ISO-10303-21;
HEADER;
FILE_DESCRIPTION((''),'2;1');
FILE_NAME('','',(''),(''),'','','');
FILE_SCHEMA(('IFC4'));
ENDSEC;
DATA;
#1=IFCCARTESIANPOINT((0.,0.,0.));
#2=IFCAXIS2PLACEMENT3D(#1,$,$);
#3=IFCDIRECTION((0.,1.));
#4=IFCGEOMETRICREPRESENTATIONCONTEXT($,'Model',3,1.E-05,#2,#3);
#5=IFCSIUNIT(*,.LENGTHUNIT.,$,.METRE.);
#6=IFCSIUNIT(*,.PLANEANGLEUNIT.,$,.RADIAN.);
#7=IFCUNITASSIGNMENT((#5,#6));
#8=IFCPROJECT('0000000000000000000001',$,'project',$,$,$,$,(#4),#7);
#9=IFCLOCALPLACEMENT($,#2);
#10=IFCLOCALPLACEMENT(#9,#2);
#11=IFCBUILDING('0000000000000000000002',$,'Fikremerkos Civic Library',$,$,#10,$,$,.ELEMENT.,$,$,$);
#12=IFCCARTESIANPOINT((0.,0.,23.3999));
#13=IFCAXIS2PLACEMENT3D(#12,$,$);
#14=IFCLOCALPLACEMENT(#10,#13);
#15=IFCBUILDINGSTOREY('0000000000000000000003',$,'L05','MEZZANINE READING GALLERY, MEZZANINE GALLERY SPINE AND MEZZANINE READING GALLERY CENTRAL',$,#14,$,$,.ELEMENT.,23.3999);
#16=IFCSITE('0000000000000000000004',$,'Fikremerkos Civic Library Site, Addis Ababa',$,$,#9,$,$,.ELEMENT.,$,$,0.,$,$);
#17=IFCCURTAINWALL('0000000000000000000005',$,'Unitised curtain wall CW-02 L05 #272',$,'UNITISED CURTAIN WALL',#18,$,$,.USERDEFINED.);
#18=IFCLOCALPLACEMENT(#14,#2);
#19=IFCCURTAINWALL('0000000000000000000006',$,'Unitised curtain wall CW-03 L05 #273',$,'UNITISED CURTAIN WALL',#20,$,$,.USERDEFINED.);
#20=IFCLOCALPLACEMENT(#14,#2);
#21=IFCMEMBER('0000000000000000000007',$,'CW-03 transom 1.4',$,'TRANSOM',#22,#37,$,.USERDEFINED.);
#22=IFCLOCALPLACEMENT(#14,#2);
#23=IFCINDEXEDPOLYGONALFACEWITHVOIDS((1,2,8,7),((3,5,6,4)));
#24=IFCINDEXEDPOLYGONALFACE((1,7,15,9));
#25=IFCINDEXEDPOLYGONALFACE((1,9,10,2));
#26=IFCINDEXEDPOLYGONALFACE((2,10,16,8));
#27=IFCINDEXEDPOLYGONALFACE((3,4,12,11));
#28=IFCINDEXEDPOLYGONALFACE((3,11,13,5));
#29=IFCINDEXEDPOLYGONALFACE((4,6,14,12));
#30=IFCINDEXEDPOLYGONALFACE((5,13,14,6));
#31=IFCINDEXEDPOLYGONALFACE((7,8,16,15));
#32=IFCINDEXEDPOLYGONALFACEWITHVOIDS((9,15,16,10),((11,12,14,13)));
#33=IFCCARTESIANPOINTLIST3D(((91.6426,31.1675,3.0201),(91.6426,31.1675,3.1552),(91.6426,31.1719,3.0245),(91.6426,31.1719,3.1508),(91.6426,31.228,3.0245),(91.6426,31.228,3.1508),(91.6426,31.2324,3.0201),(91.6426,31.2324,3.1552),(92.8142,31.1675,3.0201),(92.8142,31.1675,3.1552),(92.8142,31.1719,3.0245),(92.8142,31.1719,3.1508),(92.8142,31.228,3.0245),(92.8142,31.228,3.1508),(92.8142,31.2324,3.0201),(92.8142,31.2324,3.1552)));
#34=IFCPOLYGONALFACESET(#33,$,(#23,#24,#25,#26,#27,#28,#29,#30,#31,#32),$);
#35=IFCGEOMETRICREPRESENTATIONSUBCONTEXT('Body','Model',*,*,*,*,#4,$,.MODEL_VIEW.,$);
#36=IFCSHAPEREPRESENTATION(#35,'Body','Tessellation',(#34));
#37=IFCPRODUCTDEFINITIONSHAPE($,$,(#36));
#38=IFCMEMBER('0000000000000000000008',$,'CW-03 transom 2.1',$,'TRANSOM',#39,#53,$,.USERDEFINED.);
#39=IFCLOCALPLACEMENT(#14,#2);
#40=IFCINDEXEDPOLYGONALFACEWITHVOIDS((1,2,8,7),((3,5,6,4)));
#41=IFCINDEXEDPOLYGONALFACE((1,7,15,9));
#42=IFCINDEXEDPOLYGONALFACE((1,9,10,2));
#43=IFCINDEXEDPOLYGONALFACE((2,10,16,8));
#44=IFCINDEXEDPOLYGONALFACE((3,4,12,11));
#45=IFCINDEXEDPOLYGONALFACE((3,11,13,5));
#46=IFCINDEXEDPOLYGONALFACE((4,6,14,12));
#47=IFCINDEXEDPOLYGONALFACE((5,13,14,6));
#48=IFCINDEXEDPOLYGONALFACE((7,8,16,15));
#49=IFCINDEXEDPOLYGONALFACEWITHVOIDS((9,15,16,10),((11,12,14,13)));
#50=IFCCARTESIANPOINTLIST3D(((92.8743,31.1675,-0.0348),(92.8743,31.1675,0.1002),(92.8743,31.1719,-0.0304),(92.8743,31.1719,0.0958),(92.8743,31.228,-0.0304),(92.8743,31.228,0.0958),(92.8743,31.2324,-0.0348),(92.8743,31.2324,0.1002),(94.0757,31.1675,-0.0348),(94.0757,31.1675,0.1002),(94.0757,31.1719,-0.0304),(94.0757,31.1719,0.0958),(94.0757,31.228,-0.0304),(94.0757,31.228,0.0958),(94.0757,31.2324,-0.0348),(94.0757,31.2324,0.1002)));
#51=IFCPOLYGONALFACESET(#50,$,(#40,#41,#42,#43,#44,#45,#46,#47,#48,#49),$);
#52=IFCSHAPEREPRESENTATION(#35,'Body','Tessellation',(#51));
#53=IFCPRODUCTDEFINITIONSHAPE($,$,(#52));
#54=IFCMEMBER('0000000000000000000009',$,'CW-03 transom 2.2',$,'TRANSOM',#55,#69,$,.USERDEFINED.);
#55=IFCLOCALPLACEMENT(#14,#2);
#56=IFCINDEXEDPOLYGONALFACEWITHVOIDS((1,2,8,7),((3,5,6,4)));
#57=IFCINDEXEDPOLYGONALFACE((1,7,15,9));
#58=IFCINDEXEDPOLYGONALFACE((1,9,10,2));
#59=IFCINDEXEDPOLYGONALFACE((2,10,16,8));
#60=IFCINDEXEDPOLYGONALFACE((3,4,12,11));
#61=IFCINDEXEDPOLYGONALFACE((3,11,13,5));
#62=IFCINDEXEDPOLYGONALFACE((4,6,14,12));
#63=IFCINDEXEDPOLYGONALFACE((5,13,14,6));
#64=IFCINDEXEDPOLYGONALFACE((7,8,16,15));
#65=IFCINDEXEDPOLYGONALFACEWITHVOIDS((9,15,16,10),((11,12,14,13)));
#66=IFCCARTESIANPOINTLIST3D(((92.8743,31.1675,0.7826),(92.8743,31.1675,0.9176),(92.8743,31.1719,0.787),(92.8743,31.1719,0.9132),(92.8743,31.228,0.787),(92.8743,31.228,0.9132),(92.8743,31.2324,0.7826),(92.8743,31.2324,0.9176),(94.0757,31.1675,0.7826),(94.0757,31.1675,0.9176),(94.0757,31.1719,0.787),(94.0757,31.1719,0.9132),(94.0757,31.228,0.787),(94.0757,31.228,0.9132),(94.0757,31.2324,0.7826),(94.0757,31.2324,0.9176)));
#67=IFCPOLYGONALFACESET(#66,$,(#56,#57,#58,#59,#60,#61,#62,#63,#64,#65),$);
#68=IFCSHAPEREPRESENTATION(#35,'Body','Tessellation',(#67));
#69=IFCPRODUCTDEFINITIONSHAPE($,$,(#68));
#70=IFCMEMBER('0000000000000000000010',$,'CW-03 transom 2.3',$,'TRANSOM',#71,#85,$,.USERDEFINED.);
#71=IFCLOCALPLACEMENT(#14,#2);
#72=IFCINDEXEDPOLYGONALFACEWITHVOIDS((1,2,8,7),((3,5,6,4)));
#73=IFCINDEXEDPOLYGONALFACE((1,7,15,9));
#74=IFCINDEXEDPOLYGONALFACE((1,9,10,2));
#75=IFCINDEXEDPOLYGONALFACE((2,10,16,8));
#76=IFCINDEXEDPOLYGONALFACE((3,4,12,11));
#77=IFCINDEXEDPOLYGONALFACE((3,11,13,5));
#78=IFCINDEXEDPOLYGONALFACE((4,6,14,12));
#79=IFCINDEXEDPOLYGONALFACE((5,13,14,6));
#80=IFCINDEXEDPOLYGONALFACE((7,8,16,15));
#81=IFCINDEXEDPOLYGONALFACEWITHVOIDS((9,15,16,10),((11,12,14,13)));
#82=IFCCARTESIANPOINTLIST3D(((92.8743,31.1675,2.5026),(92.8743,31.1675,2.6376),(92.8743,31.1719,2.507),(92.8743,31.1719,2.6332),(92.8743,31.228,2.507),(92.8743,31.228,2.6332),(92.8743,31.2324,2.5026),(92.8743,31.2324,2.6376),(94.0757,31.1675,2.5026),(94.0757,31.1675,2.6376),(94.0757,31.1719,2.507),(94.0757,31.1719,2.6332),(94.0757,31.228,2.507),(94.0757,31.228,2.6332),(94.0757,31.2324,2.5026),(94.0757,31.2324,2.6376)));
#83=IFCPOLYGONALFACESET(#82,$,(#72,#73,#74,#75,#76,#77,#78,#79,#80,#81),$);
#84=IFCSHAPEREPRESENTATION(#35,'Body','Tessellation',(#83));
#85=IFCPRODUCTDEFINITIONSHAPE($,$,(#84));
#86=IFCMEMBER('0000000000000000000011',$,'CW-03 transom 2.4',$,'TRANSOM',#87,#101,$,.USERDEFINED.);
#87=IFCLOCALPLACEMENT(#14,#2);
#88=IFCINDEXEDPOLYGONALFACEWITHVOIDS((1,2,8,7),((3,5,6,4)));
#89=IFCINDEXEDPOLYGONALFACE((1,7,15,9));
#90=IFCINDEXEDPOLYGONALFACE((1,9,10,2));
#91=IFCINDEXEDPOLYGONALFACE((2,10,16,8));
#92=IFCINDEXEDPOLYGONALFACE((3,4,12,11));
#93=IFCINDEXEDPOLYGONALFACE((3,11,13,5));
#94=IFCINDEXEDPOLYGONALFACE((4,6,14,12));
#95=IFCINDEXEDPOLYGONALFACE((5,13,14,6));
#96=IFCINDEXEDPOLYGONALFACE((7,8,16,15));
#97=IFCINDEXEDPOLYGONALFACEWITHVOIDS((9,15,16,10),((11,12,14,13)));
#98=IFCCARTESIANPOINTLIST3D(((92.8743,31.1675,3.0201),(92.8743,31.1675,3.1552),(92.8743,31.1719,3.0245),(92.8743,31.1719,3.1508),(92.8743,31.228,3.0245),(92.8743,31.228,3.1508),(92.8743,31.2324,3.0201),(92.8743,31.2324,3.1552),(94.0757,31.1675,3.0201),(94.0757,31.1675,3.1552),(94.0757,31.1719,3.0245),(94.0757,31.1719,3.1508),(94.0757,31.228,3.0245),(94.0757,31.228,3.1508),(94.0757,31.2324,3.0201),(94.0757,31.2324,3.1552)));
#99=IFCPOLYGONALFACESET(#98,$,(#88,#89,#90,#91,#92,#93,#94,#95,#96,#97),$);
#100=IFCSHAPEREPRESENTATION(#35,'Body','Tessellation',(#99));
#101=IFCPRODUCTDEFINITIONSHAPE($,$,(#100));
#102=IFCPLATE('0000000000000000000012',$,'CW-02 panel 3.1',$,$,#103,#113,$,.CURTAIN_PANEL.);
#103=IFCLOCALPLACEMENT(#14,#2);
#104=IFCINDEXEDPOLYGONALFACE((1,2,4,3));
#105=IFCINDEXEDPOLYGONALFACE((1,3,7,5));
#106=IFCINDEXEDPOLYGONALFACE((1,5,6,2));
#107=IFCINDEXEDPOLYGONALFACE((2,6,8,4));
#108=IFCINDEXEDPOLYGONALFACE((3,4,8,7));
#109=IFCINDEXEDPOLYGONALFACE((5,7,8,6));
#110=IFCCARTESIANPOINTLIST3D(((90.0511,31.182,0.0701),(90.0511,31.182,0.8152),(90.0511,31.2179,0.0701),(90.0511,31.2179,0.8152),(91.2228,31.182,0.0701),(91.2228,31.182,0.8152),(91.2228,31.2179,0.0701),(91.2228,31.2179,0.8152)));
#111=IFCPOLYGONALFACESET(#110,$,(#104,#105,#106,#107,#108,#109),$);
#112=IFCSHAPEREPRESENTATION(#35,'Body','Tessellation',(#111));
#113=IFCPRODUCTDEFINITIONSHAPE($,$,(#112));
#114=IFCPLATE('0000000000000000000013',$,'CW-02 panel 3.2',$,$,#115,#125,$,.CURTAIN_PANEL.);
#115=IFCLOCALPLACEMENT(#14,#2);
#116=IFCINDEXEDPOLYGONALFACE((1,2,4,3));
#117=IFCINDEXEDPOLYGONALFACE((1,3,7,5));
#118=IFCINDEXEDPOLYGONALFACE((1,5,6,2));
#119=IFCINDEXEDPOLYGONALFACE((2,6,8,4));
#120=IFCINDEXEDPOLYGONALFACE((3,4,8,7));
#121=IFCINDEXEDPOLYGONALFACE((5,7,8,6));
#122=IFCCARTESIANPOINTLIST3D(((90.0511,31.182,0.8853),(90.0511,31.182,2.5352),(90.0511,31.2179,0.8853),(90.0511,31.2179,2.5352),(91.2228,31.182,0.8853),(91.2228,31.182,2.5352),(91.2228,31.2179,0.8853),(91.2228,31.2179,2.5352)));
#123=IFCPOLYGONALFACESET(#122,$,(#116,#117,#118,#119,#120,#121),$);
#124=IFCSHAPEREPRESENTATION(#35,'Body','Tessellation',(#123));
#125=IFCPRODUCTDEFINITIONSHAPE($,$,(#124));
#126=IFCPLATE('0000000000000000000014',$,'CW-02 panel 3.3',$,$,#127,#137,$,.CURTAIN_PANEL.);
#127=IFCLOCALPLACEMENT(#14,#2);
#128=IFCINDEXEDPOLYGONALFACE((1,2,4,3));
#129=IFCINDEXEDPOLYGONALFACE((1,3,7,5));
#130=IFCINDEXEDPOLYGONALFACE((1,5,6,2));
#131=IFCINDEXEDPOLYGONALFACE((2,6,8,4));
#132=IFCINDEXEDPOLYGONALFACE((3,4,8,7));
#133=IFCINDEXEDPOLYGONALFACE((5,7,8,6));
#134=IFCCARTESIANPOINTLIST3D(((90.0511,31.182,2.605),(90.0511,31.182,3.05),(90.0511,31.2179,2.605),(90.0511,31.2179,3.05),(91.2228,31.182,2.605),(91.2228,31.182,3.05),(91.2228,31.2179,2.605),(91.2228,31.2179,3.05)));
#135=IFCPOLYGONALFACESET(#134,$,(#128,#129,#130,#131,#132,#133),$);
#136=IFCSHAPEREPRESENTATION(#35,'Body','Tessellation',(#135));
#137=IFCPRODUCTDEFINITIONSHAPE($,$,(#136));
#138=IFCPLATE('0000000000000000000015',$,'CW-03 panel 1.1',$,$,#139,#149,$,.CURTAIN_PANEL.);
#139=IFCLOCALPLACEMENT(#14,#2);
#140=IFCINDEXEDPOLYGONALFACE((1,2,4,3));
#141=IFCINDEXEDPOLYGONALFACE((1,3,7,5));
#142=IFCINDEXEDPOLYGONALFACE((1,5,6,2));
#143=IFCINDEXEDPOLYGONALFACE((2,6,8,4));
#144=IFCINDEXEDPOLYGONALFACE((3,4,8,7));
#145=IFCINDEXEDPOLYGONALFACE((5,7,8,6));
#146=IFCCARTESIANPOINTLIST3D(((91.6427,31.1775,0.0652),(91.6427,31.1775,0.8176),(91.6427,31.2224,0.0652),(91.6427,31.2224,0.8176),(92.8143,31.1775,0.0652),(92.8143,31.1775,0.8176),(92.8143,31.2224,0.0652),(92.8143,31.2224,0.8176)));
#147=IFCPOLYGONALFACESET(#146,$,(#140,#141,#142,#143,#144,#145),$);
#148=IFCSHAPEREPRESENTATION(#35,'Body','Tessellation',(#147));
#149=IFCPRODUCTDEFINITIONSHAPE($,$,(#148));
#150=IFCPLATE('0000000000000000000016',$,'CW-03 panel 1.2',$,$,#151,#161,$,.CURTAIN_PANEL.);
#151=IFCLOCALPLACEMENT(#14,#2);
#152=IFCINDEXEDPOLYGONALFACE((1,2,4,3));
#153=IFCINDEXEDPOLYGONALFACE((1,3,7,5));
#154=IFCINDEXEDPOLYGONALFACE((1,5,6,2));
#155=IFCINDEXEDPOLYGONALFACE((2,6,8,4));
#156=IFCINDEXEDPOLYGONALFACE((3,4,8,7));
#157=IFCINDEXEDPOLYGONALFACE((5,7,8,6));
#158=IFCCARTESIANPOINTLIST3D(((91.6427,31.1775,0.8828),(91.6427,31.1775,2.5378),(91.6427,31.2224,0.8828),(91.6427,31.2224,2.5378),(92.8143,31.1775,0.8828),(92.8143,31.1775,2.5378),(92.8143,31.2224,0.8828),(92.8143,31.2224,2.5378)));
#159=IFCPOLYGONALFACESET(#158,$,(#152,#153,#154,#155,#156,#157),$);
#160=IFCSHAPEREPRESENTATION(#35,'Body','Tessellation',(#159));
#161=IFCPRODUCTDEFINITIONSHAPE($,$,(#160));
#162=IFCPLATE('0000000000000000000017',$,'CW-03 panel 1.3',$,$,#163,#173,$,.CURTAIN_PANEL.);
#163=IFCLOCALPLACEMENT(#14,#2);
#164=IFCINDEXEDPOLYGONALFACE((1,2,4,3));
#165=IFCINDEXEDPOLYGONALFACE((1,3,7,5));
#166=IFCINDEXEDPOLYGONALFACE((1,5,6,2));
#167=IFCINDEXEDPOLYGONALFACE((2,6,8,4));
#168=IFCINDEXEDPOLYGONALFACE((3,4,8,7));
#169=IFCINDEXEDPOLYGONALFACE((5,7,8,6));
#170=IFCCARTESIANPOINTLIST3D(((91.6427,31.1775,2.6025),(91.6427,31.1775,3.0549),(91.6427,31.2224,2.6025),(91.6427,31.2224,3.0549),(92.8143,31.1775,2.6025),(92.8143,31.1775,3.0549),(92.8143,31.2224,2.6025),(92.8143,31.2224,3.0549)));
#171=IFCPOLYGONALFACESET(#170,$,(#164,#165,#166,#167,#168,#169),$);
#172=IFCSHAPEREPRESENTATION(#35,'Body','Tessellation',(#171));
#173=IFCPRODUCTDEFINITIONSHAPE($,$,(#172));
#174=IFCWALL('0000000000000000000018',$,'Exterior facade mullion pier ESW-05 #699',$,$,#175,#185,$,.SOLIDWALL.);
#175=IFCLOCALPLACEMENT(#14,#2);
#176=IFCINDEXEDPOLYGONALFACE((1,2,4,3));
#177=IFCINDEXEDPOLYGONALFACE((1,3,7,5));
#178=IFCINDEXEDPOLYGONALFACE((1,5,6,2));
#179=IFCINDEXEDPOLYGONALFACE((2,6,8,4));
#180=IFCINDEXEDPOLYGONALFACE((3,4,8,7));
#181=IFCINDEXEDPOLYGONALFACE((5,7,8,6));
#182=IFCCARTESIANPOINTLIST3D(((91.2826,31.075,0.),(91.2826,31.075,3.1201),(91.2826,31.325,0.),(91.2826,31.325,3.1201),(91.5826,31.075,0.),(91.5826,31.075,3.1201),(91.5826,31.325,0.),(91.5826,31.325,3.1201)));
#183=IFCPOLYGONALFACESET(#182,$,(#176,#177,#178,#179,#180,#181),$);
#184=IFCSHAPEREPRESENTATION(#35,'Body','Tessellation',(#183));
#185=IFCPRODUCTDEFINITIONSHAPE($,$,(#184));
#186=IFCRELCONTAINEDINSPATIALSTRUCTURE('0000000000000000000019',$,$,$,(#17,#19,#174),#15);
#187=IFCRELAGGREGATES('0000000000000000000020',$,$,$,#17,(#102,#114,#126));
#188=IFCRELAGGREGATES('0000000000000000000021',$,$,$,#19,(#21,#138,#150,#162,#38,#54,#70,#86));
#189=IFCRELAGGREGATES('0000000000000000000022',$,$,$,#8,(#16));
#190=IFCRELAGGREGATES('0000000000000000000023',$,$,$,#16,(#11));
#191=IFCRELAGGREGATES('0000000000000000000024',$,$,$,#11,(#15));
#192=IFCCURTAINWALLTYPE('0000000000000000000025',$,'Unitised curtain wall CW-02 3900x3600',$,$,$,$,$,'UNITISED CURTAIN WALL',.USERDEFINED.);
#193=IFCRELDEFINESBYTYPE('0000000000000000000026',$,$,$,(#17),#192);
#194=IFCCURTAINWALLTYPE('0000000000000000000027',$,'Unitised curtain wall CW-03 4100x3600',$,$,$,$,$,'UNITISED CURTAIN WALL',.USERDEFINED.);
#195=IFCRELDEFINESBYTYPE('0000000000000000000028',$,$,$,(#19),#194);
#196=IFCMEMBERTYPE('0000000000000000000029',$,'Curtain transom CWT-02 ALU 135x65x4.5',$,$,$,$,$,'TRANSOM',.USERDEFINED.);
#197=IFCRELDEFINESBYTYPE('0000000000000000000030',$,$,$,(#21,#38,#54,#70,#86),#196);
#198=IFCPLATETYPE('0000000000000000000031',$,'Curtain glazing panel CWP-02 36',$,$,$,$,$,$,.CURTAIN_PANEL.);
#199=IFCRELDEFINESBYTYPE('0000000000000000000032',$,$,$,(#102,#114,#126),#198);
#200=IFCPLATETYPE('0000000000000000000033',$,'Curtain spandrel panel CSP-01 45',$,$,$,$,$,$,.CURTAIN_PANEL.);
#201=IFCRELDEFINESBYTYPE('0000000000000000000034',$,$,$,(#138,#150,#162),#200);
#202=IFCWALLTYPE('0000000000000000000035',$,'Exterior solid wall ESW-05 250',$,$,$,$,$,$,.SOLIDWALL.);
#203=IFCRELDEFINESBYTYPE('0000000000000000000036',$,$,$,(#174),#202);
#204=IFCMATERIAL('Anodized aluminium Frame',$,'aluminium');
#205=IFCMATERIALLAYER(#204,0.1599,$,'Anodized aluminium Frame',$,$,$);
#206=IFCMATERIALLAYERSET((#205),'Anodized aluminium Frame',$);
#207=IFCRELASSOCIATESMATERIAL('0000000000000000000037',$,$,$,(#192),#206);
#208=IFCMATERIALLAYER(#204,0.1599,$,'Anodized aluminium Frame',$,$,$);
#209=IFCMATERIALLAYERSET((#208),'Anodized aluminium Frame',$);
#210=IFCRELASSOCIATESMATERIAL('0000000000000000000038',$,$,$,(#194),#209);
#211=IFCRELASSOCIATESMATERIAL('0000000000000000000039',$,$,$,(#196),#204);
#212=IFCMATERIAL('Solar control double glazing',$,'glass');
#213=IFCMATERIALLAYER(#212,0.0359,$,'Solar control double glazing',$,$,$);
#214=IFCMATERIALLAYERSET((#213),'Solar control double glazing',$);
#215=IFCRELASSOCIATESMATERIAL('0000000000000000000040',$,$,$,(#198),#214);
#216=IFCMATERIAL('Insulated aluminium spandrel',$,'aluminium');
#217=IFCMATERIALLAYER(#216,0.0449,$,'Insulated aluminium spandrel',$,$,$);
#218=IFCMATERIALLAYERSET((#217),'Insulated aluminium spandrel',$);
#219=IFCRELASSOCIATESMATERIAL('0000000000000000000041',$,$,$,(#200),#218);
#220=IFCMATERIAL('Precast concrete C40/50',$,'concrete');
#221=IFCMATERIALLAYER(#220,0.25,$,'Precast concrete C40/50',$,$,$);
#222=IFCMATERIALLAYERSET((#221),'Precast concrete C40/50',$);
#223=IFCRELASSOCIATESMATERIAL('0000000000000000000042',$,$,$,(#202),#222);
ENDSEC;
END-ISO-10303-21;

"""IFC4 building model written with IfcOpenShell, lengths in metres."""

from ifc_helpers import new_model, si_unit, direction, frame, frame_2d, origin, origin_2d, place, context, subcontext, project, spatial, rectangle, hollow_rectangle, extrude, material, layer, layer_set, material_profile, profile_set, type_object, element, aggregate, save


model = new_model("IFC4")

# Units and contexts
model_context = context("Model", 3, precision=1e-05, world=origin(), true_north=direction((0.0, 1.0)))
body_context = subcontext(model_context, "Body", "Model", "MODEL_VIEW")
ifc_project = project(units=[si_unit("LENGTHUNIT", "METRE"), si_unit("PLANEANGLEUNIT", "RADIAN")], contexts=[model_context])

# Site, building, storey
site_placement = place(None, origin())
site = spatial("IfcSite", under=ifc_project, at=site_placement, Name="Fikremerkos Civic Library Site, Addis Ababa", CompositionType="ELEMENT", RefElevation=0.0)
building_placement = place(site_placement, origin())
building = spatial("IfcBuilding", under=site, at=building_placement, Name="Fikremerkos Civic Library", CompositionType="ELEMENT")
storey_placement = place(building_placement, frame((0.0, 0.0, 23.3999)))
storey = spatial("IfcBuildingStorey", under=building, at=storey_placement, Name="L05", Description="MEZZANINE READING GALLERY, MEZZANINE GALLERY SPINE AND MEZZANINE READING GALLERY CENTRAL", CompositionType="ELEMENT", Elevation=23.3999)

# Curtain wall
ifc_material_1 = material(Name="Anodized aluminium Frame", Category="aluminium")
ifc_layer_1 = layer(ifc_material_1, 0.1599, Name="Anodized aluminium Frame")
ifc_layer_set_1 = layer_set([ifc_layer_1], Name="Anodized aluminium Frame")
curtain_wall_type_1 = type_object("IfcCurtainWallType", Name="Unitised curtain wall CW-02 3900x3600", ElementType="UNITISED CURTAIN WALL", PredefinedType="USERDEFINED", material=ifc_layer_set_1)
curtain_wall_1_placement = place(storey_placement, origin())
curtain_wall_1 = element("IfcCurtainWall", 1, at=curtain_wall_1_placement, inside=storey, type_object=curtain_wall_type_1, Name="Unitised curtain wall CW-02 L05 #272", ObjectType="UNITISED CURTAIN WALL", PredefinedType="USERDEFINED")

# Curtain wall
ifc_layer_2 = layer(ifc_material_1, 0.1599, Name="Anodized aluminium Frame")
ifc_layer_set_2 = layer_set([ifc_layer_2], Name="Anodized aluminium Frame")
curtain_wall_type_2 = type_object("IfcCurtainWallType", Name="Unitised curtain wall CW-03 4100x3600", ElementType="UNITISED CURTAIN WALL", PredefinedType="USERDEFINED", material=ifc_layer_set_2)
curtain_wall_2_placement = place(storey_placement, origin())
curtain_wall_2 = element("IfcCurtainWall", 2, at=curtain_wall_2_placement, inside=storey, type_object=curtain_wall_type_2, Name="Unitised curtain wall CW-03 L05 #273", ObjectType="UNITISED CURTAIN WALL", PredefinedType="USERDEFINED")

# Members
ifc_material_profile_1 = material_profile(ifc_material_1, hollow_rectangle(XDim=0.0649, YDim=0.135, WallThickness=0.0044, at=origin_2d()), Name="ALU 135x65x4.5")
ifc_profile_set_1 = profile_set([ifc_material_profile_1], Name="Anodized aluminium Frame")
member_type_1 = type_object("IfcMemberType", Name="Curtain transom CWT-02 ALU 135x65x4.5", ElementType="TRANSOM", PredefinedType="USERDEFINED", material=ifc_profile_set_1)
member_1_placement = place(storey_placement, frame((91.6426, 31.2, 3.0876), z_axis=(1.0, 0.0, 0.0), x_axis=(0.0, 1.0, 0.0)))
member_1 = element("IfcMember", 3, at=member_1_placement, type_object=member_type_1, Name="CW-03 transom 1.4", ObjectType="TRANSOM", PredefinedType="USERDEFINED", context=body_context, shape_type="SweptSolid", body=[
    extrude(hollow_rectangle(XDim=0.0649, YDim=0.135, WallThickness=0.0044, at=origin_2d()), origin(), (0.0, 0.0, 1.0), 1.1716),
])
member_2_placement = place(storey_placement, frame((92.8743, 31.2, 0.0327), z_axis=(1.0, 0.0, 0.0), x_axis=(0.0, 1.0, 0.0)))
member_2 = element("IfcMember", 4, at=member_2_placement, type_object=member_type_1, Name="CW-03 transom 2.1", ObjectType="TRANSOM", PredefinedType="USERDEFINED", context=body_context, shape_type="SweptSolid", body=[
    extrude(hollow_rectangle(XDim=0.0649, YDim=0.135, WallThickness=0.0044, at=origin_2d()), origin(), (0.0, 0.0, 1.0), 1.2014),
])
member_3_placement = place(storey_placement, frame((92.8743, 31.2, 0.8501), z_axis=(1.0, 0.0, 0.0), x_axis=(0.0, 1.0, 0.0)))
member_3 = element("IfcMember", 5, at=member_3_placement, type_object=member_type_1, Name="CW-03 transom 2.2", ObjectType="TRANSOM", PredefinedType="USERDEFINED", context=body_context, shape_type="SweptSolid", body=[
    extrude(hollow_rectangle(XDim=0.0649, YDim=0.135, WallThickness=0.0044, at=origin_2d()), origin(), (0.0, 0.0, 1.0), 1.2014),
])
member_4_placement = place(storey_placement, frame((92.8743, 31.2, 2.5701), z_axis=(1.0, 0.0, 0.0), x_axis=(0.0, 1.0, 0.0)))
member_4 = element("IfcMember", 6, at=member_4_placement, type_object=member_type_1, Name="CW-03 transom 2.3", ObjectType="TRANSOM", PredefinedType="USERDEFINED", context=body_context, shape_type="SweptSolid", body=[
    extrude(hollow_rectangle(XDim=0.0649, YDim=0.135, WallThickness=0.0044, at=origin_2d()), origin(), (0.0, 0.0, 1.0), 1.2014),
])
member_5_placement = place(storey_placement, frame((92.8743, 31.2, 3.0876), z_axis=(1.0, 0.0, 0.0), x_axis=(0.0, 1.0, 0.0)))
member_5 = element("IfcMember", 7, at=member_5_placement, type_object=member_type_1, Name="CW-03 transom 2.4", ObjectType="TRANSOM", PredefinedType="USERDEFINED", context=body_context, shape_type="SweptSolid", body=[
    extrude(hollow_rectangle(XDim=0.0649, YDim=0.135, WallThickness=0.0044, at=origin_2d()), origin(), (0.0, 0.0, 1.0), 1.2014),
])

# Plates
ifc_material_2 = material(Name="Solar control double glazing", Category="glass")
ifc_layer_3 = layer(ifc_material_2, 0.0359, Name="Solar control double glazing")
ifc_layer_set_3 = layer_set([ifc_layer_3], Name="Solar control double glazing")
plate_type_1 = type_object("IfcPlateType", Name="Curtain glazing panel CWP-02 36", PredefinedType="CURTAIN_PANEL", material=ifc_layer_set_3)
plate_1_placement = place(storey_placement, frame((90.637, 31.2, 0.0701), z_axis=(0.0, 0.0, 1.0), x_axis=(1.0, 0.0, 0.0)))
plate_1 = element("IfcPlate", 8, at=plate_1_placement, type_object=plate_type_1, Name="CW-02 panel 3.1", PredefinedType="CURTAIN_PANEL", context=body_context, shape_type="SweptSolid", body=[
    extrude(rectangle(XDim=1.1716, YDim=0.0359, at=origin_2d()), origin(), (0.0, 0.0, 1.0), 0.7451),
])
plate_2_placement = place(storey_placement, frame((90.637, 31.2, 0.8853), z_axis=(0.0, 0.0, 1.0), x_axis=(1.0, 0.0, 0.0)))
plate_2 = element("IfcPlate", 9, at=plate_2_placement, type_object=plate_type_1, Name="CW-02 panel 3.2", PredefinedType="CURTAIN_PANEL", context=body_context, shape_type="SweptSolid", body=[
    extrude(rectangle(XDim=1.1716, YDim=0.0359, at=origin_2d()), origin(), (0.0, 0.0, 1.0), 1.6499),
])
plate_3_placement = place(storey_placement, frame((90.637, 31.2, 2.605), z_axis=(0.0, 0.0, 1.0), x_axis=(1.0, 0.0, 0.0)))
plate_3 = element("IfcPlate", 10, at=plate_3_placement, type_object=plate_type_1, Name="CW-02 panel 3.3", PredefinedType="CURTAIN_PANEL", context=body_context, shape_type="SweptSolid", body=[
    extrude(rectangle(XDim=1.1716, YDim=0.0359, at=origin_2d()), origin(), (0.0, 0.0, 1.0), 0.4451),
])
aggregate(curtain_wall_1, [plate_1, plate_2, plate_3])
ifc_material_3 = material(Name="Insulated aluminium spandrel", Category="aluminium")
ifc_layer_4 = layer(ifc_material_3, 0.0449, Name="Insulated aluminium spandrel")
ifc_layer_set_4 = layer_set([ifc_layer_4], Name="Insulated aluminium spandrel")
plate_type_2 = type_object("IfcPlateType", Name="Curtain spandrel panel CSP-01 45", PredefinedType="CURTAIN_PANEL", material=ifc_layer_set_4)
plate_4_placement = place(storey_placement, frame((92.2285, 31.2, 0.0652), z_axis=(0.0, 0.0, 1.0), x_axis=(1.0, 0.0, 0.0)))
plate_4 = element("IfcPlate", 11, at=plate_4_placement, type_object=plate_type_2, Name="CW-03 panel 1.1", PredefinedType="CURTAIN_PANEL", context=body_context, shape_type="SweptSolid", body=[
    extrude(rectangle(XDim=1.1716, YDim=0.0449, at=origin_2d()), origin(), (0.0, 0.0, 1.0), 0.7524),
])
plate_5_placement = place(storey_placement, frame((92.2285, 31.2, 0.8828), z_axis=(0.0, 0.0, 1.0), x_axis=(1.0, 0.0, 0.0)))
plate_5 = element("IfcPlate", 12, at=plate_5_placement, type_object=plate_type_2, Name="CW-03 panel 1.2", PredefinedType="CURTAIN_PANEL", context=body_context, shape_type="SweptSolid", body=[
    extrude(rectangle(XDim=1.1716, YDim=0.0449, at=origin_2d()), origin(), (0.0, 0.0, 1.0), 1.655),
])
plate_6_placement = place(storey_placement, frame((92.2285, 31.2, 2.6025), z_axis=(0.0, 0.0, 1.0), x_axis=(1.0, 0.0, 0.0)))
plate_6 = element("IfcPlate", 13, at=plate_6_placement, type_object=plate_type_2, Name="CW-03 panel 1.3", PredefinedType="CURTAIN_PANEL", context=body_context, shape_type="SweptSolid", body=[
    extrude(rectangle(XDim=1.1716, YDim=0.0449, at=origin_2d()), origin(), (0.0, 0.0, 1.0), 0.4524),
])
aggregate(curtain_wall_2, [member_1, plate_4, plate_5, plate_6, member_2, member_3, member_4, member_5])

# Wall
ifc_material_4 = material(Name="Precast concrete C40/50", Category="concrete")
ifc_layer_5 = layer(ifc_material_4, 0.25, Name="Precast concrete C40/50")
ifc_layer_set_5 = layer_set([ifc_layer_5], Name="Precast concrete C40/50")
wall_type = type_object("IfcWallType", Name="Exterior solid wall ESW-05 250", PredefinedType="SOLIDWALL", material=ifc_layer_set_5)
wall_placement = place(storey_placement, frame((91.2827, 31.2, 0.0), z_axis=(0.0, 0.0, 1.0), x_axis=(1.0, 0.0, 0.0)))
element("IfcWall", 14, at=wall_placement, inside=storey, type_object=wall_type, Name="Exterior facade mullion pier ESW-05 #699", PredefinedType="SOLIDWALL", context=body_context, shape_type="SweptSolid", body=[
    extrude(rectangle(XDim=0.3, YDim=0.25, at=frame_2d((0.1499, 0.0))), origin(), (0.0, 0.0, 1.0), 3.1201),
])

save(model, "model.ifc")
